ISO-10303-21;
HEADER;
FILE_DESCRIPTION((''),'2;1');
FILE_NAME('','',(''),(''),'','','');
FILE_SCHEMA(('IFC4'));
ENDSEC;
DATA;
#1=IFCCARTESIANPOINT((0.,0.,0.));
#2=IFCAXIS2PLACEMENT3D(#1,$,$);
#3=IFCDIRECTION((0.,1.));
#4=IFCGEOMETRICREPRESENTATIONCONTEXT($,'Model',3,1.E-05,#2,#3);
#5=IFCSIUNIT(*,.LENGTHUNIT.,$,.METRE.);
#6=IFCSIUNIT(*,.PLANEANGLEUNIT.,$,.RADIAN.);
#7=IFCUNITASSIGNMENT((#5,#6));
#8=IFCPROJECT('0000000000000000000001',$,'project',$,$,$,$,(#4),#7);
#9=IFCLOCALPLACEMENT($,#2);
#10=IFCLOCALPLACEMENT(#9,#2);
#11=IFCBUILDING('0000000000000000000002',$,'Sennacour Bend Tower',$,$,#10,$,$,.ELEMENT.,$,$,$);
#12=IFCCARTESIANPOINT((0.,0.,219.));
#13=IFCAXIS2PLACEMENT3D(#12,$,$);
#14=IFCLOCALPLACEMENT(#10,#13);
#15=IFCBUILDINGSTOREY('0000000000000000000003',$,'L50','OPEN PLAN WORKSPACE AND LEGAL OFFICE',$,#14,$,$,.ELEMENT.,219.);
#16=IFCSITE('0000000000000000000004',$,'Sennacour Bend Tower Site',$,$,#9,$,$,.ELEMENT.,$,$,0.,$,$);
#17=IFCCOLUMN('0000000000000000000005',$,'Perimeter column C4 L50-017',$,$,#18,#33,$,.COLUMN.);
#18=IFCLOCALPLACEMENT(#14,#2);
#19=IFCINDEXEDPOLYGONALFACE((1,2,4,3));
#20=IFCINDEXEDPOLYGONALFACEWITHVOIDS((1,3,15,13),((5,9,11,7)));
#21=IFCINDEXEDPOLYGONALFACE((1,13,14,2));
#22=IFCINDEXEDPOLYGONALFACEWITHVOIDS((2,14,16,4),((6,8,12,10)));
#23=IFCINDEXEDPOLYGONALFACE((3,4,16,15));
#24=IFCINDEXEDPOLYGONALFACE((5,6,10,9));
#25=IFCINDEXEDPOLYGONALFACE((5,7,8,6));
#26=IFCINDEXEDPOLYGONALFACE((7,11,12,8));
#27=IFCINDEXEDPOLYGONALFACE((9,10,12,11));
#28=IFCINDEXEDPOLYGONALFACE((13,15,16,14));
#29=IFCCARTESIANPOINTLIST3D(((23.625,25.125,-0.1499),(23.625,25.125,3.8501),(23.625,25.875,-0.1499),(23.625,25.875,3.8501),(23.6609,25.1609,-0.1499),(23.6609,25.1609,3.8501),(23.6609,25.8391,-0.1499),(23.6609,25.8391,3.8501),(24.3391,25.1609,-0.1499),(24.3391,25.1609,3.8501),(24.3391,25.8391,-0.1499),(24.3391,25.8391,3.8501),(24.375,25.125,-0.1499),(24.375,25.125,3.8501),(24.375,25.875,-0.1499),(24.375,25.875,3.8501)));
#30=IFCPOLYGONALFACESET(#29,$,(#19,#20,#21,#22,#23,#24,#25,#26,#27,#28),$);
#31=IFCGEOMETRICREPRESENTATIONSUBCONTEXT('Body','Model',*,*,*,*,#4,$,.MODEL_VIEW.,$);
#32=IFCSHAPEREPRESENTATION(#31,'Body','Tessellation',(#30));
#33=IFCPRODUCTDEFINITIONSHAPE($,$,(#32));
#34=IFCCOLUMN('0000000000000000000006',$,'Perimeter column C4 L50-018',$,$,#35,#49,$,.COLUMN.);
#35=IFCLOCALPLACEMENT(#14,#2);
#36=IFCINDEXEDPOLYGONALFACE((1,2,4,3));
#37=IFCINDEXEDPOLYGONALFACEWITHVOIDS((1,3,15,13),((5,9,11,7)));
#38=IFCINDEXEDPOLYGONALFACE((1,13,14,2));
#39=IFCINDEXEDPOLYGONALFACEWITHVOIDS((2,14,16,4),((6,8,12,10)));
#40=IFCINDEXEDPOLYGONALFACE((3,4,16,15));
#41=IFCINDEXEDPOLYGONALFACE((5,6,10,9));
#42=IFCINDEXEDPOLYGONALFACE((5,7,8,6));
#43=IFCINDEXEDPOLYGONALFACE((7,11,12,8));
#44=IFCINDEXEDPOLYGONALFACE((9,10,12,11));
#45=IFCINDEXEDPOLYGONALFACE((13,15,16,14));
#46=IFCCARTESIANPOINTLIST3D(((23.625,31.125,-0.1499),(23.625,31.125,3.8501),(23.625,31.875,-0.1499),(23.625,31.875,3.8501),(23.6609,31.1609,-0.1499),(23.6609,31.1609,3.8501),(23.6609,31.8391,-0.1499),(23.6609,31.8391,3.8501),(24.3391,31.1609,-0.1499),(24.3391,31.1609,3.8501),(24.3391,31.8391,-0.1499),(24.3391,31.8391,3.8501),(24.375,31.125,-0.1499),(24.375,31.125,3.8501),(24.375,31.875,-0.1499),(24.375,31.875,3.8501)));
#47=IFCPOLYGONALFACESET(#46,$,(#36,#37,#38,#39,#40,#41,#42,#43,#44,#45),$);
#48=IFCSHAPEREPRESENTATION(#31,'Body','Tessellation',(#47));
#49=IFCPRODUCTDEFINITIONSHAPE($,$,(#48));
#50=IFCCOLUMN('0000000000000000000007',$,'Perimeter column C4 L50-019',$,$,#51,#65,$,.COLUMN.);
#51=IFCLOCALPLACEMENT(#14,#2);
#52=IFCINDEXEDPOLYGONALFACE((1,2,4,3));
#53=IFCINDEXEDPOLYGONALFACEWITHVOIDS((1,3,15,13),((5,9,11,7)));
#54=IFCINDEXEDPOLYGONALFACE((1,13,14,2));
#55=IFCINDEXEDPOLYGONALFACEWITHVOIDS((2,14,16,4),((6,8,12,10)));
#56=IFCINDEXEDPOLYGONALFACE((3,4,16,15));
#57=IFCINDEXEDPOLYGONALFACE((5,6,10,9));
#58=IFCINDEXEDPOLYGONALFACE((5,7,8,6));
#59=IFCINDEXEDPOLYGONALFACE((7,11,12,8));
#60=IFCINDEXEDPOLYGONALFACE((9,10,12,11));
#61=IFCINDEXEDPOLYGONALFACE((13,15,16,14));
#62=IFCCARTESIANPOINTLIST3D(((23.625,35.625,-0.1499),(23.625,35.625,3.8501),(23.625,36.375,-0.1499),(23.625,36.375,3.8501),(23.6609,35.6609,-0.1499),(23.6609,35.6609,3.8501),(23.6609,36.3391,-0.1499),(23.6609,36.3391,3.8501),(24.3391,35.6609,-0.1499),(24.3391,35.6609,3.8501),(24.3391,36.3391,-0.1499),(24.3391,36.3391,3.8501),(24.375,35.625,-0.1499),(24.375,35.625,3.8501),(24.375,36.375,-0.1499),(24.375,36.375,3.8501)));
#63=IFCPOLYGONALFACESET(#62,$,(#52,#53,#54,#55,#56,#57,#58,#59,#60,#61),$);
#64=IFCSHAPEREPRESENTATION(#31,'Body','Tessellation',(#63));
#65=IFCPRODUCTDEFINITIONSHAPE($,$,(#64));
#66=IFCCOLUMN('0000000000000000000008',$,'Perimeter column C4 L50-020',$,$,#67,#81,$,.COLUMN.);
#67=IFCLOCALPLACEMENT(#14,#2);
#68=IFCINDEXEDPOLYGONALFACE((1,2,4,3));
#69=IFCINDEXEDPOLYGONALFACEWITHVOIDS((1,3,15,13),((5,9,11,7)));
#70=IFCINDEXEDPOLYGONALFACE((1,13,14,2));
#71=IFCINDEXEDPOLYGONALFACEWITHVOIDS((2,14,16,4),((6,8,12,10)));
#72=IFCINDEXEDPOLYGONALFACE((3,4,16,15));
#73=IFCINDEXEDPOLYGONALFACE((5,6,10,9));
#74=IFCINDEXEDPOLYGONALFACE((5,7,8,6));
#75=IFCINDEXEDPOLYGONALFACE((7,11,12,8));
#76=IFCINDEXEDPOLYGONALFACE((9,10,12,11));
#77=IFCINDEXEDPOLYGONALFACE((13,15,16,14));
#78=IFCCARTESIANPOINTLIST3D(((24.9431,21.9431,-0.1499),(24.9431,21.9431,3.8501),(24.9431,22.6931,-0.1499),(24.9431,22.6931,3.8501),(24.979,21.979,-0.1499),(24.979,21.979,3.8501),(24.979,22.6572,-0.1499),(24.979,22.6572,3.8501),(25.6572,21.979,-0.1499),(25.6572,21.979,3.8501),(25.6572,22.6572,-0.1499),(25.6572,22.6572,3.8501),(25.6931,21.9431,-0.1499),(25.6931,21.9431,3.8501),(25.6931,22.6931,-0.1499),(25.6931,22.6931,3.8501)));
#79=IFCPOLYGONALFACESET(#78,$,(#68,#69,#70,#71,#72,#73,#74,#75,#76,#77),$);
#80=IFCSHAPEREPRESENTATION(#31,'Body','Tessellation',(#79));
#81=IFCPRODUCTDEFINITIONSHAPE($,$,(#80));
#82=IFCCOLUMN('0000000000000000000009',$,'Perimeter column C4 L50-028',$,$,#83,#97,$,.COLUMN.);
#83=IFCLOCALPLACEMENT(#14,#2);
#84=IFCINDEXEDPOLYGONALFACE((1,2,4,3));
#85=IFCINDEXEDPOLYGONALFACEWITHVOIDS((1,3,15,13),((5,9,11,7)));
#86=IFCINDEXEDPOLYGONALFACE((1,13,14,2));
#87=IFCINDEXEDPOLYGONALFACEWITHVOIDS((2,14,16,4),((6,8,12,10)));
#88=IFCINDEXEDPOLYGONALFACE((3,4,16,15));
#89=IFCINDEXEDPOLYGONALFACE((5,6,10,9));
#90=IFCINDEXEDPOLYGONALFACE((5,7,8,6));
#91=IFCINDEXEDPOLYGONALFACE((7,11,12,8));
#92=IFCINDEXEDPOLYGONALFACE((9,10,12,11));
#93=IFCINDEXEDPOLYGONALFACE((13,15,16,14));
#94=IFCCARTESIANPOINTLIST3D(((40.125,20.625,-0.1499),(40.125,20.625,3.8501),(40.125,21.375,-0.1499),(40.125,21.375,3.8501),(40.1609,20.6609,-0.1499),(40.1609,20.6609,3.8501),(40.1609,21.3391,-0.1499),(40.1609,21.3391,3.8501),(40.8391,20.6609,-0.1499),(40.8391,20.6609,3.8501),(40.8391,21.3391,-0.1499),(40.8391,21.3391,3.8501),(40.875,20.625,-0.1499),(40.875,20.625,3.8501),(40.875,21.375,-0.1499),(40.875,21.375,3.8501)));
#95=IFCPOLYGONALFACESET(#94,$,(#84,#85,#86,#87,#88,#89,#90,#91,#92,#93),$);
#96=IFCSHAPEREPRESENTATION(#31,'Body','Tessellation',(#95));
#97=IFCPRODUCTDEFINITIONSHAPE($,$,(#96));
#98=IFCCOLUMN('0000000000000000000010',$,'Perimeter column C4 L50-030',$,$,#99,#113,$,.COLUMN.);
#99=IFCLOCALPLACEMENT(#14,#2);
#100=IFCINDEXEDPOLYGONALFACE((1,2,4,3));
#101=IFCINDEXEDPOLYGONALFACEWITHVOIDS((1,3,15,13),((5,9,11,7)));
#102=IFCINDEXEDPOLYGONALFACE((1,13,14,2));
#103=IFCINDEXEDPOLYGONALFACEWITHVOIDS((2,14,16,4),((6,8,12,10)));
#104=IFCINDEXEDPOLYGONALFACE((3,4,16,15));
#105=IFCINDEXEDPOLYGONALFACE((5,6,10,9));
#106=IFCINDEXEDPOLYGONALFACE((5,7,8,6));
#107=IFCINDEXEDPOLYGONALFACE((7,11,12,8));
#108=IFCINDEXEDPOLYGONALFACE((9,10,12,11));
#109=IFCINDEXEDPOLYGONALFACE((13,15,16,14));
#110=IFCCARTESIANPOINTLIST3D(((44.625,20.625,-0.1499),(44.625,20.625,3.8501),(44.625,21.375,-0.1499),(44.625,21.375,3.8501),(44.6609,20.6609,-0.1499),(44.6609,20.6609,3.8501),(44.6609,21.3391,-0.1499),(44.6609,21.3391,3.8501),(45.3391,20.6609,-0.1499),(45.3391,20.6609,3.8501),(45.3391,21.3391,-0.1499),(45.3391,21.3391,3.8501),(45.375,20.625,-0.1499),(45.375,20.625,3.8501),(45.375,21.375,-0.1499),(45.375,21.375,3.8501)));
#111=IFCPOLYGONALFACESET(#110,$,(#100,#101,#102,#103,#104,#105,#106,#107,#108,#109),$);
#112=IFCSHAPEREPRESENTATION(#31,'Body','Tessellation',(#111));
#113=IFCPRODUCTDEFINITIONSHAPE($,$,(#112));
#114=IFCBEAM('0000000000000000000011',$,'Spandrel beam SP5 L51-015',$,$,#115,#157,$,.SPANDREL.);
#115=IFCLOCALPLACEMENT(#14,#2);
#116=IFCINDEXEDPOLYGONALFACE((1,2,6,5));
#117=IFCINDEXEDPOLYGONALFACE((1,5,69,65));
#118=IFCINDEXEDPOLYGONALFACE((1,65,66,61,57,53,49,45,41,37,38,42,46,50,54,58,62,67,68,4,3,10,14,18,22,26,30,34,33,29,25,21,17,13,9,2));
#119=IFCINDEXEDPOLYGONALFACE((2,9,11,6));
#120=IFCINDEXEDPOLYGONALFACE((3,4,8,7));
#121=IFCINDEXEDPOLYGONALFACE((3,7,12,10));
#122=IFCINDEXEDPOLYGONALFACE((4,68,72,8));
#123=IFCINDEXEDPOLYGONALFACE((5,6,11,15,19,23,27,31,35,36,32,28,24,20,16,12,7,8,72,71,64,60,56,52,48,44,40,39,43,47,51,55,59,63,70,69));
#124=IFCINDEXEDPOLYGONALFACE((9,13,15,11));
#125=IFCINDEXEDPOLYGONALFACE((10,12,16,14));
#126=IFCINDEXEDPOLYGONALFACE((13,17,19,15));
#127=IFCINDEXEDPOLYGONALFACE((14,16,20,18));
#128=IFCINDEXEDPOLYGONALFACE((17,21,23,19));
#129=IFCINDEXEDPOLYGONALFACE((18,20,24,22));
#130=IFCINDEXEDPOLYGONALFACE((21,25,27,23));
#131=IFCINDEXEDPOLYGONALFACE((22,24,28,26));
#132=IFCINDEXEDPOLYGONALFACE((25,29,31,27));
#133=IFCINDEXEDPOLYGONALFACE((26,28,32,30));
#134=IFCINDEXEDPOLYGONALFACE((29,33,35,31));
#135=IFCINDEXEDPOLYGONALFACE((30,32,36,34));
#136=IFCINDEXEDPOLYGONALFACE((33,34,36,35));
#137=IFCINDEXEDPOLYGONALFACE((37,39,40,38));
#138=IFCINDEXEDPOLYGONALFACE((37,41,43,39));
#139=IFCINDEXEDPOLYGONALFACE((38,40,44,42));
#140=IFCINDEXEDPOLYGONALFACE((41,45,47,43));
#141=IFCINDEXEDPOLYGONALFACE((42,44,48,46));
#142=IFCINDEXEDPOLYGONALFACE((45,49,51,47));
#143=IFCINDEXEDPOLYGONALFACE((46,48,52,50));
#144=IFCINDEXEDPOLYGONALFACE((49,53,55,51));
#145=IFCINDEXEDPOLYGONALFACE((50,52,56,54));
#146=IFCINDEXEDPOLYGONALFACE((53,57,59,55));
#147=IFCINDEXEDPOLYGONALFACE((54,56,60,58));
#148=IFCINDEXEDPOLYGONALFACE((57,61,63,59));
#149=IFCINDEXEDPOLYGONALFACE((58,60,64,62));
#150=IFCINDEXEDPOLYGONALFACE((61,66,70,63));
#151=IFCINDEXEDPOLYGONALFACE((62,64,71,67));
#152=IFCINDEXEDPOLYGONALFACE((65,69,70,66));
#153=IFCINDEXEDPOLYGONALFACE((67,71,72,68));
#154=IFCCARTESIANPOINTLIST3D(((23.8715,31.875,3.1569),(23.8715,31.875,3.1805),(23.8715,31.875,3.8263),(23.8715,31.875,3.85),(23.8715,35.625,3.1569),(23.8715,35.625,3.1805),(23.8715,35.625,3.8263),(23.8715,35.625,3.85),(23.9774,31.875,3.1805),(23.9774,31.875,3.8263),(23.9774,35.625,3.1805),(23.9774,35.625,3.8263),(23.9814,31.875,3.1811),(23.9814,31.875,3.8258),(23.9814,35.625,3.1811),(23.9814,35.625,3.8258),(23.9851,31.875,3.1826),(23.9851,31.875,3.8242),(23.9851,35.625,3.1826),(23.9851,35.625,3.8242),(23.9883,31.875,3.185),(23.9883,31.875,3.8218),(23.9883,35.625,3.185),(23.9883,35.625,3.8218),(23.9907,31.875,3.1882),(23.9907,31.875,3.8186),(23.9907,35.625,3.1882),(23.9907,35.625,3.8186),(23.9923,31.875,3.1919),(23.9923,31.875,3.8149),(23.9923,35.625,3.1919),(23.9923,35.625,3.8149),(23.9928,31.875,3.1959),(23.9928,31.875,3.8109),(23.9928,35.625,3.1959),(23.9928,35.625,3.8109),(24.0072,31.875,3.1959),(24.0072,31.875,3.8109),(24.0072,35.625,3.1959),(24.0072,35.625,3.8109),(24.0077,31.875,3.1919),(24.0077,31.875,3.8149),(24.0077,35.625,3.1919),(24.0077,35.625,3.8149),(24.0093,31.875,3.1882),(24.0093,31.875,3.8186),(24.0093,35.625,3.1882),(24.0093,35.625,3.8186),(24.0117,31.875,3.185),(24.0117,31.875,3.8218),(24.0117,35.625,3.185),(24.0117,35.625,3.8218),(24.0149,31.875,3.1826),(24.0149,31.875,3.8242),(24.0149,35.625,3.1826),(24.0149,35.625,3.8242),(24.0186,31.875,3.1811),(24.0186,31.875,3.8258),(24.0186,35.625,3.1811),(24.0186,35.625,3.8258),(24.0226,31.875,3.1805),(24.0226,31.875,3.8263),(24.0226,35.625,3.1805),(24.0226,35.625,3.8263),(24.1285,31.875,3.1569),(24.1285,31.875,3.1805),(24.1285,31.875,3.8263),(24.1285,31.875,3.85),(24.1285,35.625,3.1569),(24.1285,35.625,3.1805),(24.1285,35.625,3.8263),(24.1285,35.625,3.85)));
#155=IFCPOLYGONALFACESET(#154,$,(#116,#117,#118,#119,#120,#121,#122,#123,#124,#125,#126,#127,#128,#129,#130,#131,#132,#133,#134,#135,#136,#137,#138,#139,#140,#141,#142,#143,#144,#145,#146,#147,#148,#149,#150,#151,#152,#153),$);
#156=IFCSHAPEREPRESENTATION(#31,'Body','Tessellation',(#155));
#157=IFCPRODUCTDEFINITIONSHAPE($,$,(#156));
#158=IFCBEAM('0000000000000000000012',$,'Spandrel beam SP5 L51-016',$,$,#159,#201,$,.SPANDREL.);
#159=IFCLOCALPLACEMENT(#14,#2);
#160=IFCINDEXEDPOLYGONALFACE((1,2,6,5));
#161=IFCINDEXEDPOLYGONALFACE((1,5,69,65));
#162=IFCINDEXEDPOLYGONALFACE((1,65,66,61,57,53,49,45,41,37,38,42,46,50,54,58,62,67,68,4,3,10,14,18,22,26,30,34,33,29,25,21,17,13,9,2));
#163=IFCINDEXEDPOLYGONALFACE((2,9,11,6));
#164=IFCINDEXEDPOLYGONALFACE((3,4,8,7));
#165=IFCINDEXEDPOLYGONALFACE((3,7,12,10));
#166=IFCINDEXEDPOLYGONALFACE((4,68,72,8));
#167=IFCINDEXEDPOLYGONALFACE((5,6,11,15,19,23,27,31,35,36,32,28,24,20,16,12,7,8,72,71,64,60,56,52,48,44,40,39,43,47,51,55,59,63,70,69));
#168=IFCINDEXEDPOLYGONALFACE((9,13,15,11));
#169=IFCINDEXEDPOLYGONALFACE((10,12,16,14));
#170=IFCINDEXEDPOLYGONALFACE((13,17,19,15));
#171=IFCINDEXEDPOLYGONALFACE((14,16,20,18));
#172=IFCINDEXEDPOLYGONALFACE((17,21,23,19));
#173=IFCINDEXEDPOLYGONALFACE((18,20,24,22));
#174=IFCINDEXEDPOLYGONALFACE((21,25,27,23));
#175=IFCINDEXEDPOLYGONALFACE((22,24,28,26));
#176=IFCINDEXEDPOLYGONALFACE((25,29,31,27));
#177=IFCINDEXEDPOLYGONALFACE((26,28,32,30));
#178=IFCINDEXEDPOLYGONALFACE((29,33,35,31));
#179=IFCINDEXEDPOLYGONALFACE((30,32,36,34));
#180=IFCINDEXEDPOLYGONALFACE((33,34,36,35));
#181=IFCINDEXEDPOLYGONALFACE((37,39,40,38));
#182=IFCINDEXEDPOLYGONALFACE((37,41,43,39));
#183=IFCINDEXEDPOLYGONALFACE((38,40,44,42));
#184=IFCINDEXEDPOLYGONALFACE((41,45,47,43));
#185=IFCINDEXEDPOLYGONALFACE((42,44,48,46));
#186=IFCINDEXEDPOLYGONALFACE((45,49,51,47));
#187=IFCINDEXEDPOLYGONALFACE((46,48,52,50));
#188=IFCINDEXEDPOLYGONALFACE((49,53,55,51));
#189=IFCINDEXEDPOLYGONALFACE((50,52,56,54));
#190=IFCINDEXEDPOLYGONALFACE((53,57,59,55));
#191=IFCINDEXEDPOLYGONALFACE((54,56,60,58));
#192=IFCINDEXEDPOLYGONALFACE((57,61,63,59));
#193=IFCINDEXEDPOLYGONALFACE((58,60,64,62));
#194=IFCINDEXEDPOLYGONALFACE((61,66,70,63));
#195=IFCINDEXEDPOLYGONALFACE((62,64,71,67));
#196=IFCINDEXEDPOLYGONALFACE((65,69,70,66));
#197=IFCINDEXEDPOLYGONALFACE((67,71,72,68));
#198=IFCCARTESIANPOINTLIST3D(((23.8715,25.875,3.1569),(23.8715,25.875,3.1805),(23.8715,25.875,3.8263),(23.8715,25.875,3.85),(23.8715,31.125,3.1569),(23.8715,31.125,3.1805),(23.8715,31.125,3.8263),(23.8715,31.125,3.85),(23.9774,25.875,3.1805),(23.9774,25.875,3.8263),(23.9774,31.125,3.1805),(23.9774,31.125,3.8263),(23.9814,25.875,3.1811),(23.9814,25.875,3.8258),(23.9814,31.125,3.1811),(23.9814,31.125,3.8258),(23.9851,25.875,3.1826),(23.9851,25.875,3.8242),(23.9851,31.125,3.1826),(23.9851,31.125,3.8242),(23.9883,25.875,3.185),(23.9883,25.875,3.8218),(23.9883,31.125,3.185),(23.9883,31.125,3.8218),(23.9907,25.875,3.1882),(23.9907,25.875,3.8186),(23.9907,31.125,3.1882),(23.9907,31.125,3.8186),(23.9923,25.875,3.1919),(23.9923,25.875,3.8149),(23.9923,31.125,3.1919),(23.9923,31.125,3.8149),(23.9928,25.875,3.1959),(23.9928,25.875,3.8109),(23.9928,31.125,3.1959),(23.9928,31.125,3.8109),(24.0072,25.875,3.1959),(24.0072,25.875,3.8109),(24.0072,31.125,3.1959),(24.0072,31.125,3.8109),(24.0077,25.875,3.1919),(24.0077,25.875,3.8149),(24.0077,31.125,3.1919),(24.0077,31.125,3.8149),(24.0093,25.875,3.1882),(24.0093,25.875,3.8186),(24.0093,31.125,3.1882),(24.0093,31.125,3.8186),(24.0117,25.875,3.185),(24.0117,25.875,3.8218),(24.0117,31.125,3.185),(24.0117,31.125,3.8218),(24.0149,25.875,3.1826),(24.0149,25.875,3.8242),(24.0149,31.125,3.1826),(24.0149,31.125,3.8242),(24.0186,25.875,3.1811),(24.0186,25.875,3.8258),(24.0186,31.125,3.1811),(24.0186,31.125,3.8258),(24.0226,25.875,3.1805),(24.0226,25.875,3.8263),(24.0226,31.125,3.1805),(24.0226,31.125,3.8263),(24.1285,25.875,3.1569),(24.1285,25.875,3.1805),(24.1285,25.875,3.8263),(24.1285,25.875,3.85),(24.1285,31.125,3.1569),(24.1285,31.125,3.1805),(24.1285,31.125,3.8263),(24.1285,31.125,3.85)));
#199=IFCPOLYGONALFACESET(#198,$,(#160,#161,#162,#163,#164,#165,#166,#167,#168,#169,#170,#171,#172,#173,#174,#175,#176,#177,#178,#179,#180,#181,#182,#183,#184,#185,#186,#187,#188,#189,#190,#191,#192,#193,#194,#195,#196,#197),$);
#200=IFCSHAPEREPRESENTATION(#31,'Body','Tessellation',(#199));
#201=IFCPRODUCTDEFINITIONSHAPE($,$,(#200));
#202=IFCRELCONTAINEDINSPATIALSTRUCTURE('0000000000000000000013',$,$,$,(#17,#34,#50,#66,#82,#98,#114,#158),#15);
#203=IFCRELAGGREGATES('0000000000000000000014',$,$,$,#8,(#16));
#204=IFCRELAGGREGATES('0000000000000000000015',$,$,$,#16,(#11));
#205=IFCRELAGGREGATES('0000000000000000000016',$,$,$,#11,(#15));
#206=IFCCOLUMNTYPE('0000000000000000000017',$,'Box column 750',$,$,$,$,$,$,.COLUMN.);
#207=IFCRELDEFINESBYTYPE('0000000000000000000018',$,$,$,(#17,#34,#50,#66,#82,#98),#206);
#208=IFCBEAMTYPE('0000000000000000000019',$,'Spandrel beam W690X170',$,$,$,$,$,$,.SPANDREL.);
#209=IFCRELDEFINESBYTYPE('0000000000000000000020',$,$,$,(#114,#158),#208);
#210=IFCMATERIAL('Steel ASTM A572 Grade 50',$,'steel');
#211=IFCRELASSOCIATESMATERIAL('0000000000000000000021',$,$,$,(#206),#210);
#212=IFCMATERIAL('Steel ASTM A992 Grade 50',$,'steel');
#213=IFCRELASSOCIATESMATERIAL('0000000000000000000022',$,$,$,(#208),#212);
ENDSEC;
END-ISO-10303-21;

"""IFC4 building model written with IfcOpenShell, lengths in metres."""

from ifc_helpers import new_model, si_unit, direction, frame, origin, origin_2d, place, context, subcontext, project, spatial, hollow_rectangle, i_section, extrude, material, material_profile, profile_set, type_object, element, save


model = new_model("IFC4")

# Units and contexts
model_context = context("Model", 3, precision=1e-05, world=origin(), true_north=direction((0.0, 1.0)))
body_context = subcontext(model_context, "Body", "Model", "MODEL_VIEW")
ifc_project = project(units=[si_unit("LENGTHUNIT", "METRE"), si_unit("PLANEANGLEUNIT", "RADIAN")], contexts=[model_context])

# Site, building, storey
site_placement = place(None, origin())
site = spatial("IfcSite", under=ifc_project, at=site_placement, Name="Sennacour Bend Tower Site", CompositionType="ELEMENT", RefElevation=0.0)
building_placement = place(site_placement, origin())
building = spatial("IfcBuilding", under=site, at=building_placement, Name="Sennacour Bend Tower", CompositionType="ELEMENT")
storey_placement = place(building_placement, frame((0.0, 0.0, 219.0)))
storey = spatial("IfcBuildingStorey", under=building, at=storey_placement, Name="L50", Description="OPEN PLAN WORKSPACE AND LEGAL OFFICE", CompositionType="ELEMENT", Elevation=219.0)

# Columns
ifc_material_1 = material(Name="Steel ASTM A572 Grade 50", Category="steel")
ifc_material_profile_1 = material_profile(ifc_material_1, hollow_rectangle(XDim=0.75, YDim=0.75, WallThickness=0.0359, at=origin_2d()), Name="Steel ASTM A572 Grade 50", Category="steel")
ifc_profile_set_1 = profile_set([ifc_material_profile_1], Name="Steel ASTM A572 Grade 50")
column_type = type_object("IfcColumnType", Name="Box column 750", PredefinedType="COLUMN", material=ifc_profile_set_1)
for number, where, z_axis, x_axis, name in (
    (1, (24.0, 25.5, -0.1499), (0.0, 0.0, 1.0), (1.0, 0.0, 0.0), "Perimeter column C4 L50-017"),
    (2, (24.0, 31.5, -0.1499), (0.0, 0.0, 1.0), (1.0, 0.0, 0.0), "Perimeter column C4 L50-018"),
    (3, (24.0, 36.0, -0.1499), (0.0, 0.0, 1.0), (1.0, 0.0, 0.0), "Perimeter column C4 L50-019"),
    (4, (25.3181, 22.3181, -0.1499), (0.0, 0.0, 1.0), (1.0, 0.0, 0.0), "Perimeter column C4 L50-020"),
    (5, (40.5, 21.0, -0.1499), (0.0, 0.0, 1.0), (1.0, 0.0, 0.0), "Perimeter column C4 L50-028"),
    (6, (45.0, 21.0, -0.1499), (0.0, 0.0, 1.0), (1.0, 0.0, 0.0), "Perimeter column C4 L50-030"),
):
    element("IfcColumn", number, at=place(storey_placement, frame(where, z_axis=z_axis, x_axis=x_axis)), inside=storey, type_object=column_type, Name=name, PredefinedType="COLUMN", context=body_context, shape_type="SweptSolid", body=[
        extrude(hollow_rectangle(XDim=0.75, YDim=0.75, WallThickness=0.0359, at=origin_2d()), origin(), (0.0, 0.0, 1.0), 4.0),
    ])

# Beams
ifc_material_2 = material(Name="Steel ASTM A992 Grade 50", Category="steel")
ifc_material_profile_2 = material_profile(ifc_material_2, i_section(OverallWidth=0.2571, OverallDepth=0.6931, WebThickness=0.0144, FlangeThickness=0.0237, FilletRadius=0.0154, at=origin_2d()), Name="Steel ASTM A992 Grade 50", Category="steel")
ifc_profile_set_2 = profile_set([ifc_material_profile_2], Name="Steel ASTM A992 Grade 50")
beam_type = type_object("IfcBeamType", Name="Spandrel beam W690X170", PredefinedType="SPANDREL", material=ifc_profile_set_2)
beam_1_placement = place(storey_placement, frame((24.0, 35.625, 3.5034), z_axis=(0.0, -1.0, 0.0), x_axis=(1.0, 0.0, 0.0)))
element("IfcBeam", 7, at=beam_1_placement, inside=storey, type_object=beam_type, Name="Spandrel beam SP5 L51-015", PredefinedType="SPANDREL", context=body_context, shape_type="SweptSolid", body=[
    extrude(i_section(OverallWidth=0.2571, OverallDepth=0.6931, WebThickness=0.0144, FlangeThickness=0.0237, FilletRadius=0.0154, at=origin_2d()), origin(), (0.0, 0.0, 1.0), 3.75),
])
beam_2_placement = place(storey_placement, frame((24.0, 31.125, 3.5034), z_axis=(0.0, -1.0, 0.0), x_axis=(1.0, 0.0, 0.0)))
element("IfcBeam", 8, at=beam_2_placement, inside=storey, type_object=beam_type, Name="Spandrel beam SP5 L51-016", PredefinedType="SPANDREL", context=body_context, shape_type="SweptSolid", body=[
    extrude(i_section(OverallWidth=0.2571, OverallDepth=0.6931, WebThickness=0.0144, FlangeThickness=0.0237, FilletRadius=0.0154, at=origin_2d()), origin(), (0.0, 0.0, 1.0), 5.25),
])

save(model, "model.ifc")
